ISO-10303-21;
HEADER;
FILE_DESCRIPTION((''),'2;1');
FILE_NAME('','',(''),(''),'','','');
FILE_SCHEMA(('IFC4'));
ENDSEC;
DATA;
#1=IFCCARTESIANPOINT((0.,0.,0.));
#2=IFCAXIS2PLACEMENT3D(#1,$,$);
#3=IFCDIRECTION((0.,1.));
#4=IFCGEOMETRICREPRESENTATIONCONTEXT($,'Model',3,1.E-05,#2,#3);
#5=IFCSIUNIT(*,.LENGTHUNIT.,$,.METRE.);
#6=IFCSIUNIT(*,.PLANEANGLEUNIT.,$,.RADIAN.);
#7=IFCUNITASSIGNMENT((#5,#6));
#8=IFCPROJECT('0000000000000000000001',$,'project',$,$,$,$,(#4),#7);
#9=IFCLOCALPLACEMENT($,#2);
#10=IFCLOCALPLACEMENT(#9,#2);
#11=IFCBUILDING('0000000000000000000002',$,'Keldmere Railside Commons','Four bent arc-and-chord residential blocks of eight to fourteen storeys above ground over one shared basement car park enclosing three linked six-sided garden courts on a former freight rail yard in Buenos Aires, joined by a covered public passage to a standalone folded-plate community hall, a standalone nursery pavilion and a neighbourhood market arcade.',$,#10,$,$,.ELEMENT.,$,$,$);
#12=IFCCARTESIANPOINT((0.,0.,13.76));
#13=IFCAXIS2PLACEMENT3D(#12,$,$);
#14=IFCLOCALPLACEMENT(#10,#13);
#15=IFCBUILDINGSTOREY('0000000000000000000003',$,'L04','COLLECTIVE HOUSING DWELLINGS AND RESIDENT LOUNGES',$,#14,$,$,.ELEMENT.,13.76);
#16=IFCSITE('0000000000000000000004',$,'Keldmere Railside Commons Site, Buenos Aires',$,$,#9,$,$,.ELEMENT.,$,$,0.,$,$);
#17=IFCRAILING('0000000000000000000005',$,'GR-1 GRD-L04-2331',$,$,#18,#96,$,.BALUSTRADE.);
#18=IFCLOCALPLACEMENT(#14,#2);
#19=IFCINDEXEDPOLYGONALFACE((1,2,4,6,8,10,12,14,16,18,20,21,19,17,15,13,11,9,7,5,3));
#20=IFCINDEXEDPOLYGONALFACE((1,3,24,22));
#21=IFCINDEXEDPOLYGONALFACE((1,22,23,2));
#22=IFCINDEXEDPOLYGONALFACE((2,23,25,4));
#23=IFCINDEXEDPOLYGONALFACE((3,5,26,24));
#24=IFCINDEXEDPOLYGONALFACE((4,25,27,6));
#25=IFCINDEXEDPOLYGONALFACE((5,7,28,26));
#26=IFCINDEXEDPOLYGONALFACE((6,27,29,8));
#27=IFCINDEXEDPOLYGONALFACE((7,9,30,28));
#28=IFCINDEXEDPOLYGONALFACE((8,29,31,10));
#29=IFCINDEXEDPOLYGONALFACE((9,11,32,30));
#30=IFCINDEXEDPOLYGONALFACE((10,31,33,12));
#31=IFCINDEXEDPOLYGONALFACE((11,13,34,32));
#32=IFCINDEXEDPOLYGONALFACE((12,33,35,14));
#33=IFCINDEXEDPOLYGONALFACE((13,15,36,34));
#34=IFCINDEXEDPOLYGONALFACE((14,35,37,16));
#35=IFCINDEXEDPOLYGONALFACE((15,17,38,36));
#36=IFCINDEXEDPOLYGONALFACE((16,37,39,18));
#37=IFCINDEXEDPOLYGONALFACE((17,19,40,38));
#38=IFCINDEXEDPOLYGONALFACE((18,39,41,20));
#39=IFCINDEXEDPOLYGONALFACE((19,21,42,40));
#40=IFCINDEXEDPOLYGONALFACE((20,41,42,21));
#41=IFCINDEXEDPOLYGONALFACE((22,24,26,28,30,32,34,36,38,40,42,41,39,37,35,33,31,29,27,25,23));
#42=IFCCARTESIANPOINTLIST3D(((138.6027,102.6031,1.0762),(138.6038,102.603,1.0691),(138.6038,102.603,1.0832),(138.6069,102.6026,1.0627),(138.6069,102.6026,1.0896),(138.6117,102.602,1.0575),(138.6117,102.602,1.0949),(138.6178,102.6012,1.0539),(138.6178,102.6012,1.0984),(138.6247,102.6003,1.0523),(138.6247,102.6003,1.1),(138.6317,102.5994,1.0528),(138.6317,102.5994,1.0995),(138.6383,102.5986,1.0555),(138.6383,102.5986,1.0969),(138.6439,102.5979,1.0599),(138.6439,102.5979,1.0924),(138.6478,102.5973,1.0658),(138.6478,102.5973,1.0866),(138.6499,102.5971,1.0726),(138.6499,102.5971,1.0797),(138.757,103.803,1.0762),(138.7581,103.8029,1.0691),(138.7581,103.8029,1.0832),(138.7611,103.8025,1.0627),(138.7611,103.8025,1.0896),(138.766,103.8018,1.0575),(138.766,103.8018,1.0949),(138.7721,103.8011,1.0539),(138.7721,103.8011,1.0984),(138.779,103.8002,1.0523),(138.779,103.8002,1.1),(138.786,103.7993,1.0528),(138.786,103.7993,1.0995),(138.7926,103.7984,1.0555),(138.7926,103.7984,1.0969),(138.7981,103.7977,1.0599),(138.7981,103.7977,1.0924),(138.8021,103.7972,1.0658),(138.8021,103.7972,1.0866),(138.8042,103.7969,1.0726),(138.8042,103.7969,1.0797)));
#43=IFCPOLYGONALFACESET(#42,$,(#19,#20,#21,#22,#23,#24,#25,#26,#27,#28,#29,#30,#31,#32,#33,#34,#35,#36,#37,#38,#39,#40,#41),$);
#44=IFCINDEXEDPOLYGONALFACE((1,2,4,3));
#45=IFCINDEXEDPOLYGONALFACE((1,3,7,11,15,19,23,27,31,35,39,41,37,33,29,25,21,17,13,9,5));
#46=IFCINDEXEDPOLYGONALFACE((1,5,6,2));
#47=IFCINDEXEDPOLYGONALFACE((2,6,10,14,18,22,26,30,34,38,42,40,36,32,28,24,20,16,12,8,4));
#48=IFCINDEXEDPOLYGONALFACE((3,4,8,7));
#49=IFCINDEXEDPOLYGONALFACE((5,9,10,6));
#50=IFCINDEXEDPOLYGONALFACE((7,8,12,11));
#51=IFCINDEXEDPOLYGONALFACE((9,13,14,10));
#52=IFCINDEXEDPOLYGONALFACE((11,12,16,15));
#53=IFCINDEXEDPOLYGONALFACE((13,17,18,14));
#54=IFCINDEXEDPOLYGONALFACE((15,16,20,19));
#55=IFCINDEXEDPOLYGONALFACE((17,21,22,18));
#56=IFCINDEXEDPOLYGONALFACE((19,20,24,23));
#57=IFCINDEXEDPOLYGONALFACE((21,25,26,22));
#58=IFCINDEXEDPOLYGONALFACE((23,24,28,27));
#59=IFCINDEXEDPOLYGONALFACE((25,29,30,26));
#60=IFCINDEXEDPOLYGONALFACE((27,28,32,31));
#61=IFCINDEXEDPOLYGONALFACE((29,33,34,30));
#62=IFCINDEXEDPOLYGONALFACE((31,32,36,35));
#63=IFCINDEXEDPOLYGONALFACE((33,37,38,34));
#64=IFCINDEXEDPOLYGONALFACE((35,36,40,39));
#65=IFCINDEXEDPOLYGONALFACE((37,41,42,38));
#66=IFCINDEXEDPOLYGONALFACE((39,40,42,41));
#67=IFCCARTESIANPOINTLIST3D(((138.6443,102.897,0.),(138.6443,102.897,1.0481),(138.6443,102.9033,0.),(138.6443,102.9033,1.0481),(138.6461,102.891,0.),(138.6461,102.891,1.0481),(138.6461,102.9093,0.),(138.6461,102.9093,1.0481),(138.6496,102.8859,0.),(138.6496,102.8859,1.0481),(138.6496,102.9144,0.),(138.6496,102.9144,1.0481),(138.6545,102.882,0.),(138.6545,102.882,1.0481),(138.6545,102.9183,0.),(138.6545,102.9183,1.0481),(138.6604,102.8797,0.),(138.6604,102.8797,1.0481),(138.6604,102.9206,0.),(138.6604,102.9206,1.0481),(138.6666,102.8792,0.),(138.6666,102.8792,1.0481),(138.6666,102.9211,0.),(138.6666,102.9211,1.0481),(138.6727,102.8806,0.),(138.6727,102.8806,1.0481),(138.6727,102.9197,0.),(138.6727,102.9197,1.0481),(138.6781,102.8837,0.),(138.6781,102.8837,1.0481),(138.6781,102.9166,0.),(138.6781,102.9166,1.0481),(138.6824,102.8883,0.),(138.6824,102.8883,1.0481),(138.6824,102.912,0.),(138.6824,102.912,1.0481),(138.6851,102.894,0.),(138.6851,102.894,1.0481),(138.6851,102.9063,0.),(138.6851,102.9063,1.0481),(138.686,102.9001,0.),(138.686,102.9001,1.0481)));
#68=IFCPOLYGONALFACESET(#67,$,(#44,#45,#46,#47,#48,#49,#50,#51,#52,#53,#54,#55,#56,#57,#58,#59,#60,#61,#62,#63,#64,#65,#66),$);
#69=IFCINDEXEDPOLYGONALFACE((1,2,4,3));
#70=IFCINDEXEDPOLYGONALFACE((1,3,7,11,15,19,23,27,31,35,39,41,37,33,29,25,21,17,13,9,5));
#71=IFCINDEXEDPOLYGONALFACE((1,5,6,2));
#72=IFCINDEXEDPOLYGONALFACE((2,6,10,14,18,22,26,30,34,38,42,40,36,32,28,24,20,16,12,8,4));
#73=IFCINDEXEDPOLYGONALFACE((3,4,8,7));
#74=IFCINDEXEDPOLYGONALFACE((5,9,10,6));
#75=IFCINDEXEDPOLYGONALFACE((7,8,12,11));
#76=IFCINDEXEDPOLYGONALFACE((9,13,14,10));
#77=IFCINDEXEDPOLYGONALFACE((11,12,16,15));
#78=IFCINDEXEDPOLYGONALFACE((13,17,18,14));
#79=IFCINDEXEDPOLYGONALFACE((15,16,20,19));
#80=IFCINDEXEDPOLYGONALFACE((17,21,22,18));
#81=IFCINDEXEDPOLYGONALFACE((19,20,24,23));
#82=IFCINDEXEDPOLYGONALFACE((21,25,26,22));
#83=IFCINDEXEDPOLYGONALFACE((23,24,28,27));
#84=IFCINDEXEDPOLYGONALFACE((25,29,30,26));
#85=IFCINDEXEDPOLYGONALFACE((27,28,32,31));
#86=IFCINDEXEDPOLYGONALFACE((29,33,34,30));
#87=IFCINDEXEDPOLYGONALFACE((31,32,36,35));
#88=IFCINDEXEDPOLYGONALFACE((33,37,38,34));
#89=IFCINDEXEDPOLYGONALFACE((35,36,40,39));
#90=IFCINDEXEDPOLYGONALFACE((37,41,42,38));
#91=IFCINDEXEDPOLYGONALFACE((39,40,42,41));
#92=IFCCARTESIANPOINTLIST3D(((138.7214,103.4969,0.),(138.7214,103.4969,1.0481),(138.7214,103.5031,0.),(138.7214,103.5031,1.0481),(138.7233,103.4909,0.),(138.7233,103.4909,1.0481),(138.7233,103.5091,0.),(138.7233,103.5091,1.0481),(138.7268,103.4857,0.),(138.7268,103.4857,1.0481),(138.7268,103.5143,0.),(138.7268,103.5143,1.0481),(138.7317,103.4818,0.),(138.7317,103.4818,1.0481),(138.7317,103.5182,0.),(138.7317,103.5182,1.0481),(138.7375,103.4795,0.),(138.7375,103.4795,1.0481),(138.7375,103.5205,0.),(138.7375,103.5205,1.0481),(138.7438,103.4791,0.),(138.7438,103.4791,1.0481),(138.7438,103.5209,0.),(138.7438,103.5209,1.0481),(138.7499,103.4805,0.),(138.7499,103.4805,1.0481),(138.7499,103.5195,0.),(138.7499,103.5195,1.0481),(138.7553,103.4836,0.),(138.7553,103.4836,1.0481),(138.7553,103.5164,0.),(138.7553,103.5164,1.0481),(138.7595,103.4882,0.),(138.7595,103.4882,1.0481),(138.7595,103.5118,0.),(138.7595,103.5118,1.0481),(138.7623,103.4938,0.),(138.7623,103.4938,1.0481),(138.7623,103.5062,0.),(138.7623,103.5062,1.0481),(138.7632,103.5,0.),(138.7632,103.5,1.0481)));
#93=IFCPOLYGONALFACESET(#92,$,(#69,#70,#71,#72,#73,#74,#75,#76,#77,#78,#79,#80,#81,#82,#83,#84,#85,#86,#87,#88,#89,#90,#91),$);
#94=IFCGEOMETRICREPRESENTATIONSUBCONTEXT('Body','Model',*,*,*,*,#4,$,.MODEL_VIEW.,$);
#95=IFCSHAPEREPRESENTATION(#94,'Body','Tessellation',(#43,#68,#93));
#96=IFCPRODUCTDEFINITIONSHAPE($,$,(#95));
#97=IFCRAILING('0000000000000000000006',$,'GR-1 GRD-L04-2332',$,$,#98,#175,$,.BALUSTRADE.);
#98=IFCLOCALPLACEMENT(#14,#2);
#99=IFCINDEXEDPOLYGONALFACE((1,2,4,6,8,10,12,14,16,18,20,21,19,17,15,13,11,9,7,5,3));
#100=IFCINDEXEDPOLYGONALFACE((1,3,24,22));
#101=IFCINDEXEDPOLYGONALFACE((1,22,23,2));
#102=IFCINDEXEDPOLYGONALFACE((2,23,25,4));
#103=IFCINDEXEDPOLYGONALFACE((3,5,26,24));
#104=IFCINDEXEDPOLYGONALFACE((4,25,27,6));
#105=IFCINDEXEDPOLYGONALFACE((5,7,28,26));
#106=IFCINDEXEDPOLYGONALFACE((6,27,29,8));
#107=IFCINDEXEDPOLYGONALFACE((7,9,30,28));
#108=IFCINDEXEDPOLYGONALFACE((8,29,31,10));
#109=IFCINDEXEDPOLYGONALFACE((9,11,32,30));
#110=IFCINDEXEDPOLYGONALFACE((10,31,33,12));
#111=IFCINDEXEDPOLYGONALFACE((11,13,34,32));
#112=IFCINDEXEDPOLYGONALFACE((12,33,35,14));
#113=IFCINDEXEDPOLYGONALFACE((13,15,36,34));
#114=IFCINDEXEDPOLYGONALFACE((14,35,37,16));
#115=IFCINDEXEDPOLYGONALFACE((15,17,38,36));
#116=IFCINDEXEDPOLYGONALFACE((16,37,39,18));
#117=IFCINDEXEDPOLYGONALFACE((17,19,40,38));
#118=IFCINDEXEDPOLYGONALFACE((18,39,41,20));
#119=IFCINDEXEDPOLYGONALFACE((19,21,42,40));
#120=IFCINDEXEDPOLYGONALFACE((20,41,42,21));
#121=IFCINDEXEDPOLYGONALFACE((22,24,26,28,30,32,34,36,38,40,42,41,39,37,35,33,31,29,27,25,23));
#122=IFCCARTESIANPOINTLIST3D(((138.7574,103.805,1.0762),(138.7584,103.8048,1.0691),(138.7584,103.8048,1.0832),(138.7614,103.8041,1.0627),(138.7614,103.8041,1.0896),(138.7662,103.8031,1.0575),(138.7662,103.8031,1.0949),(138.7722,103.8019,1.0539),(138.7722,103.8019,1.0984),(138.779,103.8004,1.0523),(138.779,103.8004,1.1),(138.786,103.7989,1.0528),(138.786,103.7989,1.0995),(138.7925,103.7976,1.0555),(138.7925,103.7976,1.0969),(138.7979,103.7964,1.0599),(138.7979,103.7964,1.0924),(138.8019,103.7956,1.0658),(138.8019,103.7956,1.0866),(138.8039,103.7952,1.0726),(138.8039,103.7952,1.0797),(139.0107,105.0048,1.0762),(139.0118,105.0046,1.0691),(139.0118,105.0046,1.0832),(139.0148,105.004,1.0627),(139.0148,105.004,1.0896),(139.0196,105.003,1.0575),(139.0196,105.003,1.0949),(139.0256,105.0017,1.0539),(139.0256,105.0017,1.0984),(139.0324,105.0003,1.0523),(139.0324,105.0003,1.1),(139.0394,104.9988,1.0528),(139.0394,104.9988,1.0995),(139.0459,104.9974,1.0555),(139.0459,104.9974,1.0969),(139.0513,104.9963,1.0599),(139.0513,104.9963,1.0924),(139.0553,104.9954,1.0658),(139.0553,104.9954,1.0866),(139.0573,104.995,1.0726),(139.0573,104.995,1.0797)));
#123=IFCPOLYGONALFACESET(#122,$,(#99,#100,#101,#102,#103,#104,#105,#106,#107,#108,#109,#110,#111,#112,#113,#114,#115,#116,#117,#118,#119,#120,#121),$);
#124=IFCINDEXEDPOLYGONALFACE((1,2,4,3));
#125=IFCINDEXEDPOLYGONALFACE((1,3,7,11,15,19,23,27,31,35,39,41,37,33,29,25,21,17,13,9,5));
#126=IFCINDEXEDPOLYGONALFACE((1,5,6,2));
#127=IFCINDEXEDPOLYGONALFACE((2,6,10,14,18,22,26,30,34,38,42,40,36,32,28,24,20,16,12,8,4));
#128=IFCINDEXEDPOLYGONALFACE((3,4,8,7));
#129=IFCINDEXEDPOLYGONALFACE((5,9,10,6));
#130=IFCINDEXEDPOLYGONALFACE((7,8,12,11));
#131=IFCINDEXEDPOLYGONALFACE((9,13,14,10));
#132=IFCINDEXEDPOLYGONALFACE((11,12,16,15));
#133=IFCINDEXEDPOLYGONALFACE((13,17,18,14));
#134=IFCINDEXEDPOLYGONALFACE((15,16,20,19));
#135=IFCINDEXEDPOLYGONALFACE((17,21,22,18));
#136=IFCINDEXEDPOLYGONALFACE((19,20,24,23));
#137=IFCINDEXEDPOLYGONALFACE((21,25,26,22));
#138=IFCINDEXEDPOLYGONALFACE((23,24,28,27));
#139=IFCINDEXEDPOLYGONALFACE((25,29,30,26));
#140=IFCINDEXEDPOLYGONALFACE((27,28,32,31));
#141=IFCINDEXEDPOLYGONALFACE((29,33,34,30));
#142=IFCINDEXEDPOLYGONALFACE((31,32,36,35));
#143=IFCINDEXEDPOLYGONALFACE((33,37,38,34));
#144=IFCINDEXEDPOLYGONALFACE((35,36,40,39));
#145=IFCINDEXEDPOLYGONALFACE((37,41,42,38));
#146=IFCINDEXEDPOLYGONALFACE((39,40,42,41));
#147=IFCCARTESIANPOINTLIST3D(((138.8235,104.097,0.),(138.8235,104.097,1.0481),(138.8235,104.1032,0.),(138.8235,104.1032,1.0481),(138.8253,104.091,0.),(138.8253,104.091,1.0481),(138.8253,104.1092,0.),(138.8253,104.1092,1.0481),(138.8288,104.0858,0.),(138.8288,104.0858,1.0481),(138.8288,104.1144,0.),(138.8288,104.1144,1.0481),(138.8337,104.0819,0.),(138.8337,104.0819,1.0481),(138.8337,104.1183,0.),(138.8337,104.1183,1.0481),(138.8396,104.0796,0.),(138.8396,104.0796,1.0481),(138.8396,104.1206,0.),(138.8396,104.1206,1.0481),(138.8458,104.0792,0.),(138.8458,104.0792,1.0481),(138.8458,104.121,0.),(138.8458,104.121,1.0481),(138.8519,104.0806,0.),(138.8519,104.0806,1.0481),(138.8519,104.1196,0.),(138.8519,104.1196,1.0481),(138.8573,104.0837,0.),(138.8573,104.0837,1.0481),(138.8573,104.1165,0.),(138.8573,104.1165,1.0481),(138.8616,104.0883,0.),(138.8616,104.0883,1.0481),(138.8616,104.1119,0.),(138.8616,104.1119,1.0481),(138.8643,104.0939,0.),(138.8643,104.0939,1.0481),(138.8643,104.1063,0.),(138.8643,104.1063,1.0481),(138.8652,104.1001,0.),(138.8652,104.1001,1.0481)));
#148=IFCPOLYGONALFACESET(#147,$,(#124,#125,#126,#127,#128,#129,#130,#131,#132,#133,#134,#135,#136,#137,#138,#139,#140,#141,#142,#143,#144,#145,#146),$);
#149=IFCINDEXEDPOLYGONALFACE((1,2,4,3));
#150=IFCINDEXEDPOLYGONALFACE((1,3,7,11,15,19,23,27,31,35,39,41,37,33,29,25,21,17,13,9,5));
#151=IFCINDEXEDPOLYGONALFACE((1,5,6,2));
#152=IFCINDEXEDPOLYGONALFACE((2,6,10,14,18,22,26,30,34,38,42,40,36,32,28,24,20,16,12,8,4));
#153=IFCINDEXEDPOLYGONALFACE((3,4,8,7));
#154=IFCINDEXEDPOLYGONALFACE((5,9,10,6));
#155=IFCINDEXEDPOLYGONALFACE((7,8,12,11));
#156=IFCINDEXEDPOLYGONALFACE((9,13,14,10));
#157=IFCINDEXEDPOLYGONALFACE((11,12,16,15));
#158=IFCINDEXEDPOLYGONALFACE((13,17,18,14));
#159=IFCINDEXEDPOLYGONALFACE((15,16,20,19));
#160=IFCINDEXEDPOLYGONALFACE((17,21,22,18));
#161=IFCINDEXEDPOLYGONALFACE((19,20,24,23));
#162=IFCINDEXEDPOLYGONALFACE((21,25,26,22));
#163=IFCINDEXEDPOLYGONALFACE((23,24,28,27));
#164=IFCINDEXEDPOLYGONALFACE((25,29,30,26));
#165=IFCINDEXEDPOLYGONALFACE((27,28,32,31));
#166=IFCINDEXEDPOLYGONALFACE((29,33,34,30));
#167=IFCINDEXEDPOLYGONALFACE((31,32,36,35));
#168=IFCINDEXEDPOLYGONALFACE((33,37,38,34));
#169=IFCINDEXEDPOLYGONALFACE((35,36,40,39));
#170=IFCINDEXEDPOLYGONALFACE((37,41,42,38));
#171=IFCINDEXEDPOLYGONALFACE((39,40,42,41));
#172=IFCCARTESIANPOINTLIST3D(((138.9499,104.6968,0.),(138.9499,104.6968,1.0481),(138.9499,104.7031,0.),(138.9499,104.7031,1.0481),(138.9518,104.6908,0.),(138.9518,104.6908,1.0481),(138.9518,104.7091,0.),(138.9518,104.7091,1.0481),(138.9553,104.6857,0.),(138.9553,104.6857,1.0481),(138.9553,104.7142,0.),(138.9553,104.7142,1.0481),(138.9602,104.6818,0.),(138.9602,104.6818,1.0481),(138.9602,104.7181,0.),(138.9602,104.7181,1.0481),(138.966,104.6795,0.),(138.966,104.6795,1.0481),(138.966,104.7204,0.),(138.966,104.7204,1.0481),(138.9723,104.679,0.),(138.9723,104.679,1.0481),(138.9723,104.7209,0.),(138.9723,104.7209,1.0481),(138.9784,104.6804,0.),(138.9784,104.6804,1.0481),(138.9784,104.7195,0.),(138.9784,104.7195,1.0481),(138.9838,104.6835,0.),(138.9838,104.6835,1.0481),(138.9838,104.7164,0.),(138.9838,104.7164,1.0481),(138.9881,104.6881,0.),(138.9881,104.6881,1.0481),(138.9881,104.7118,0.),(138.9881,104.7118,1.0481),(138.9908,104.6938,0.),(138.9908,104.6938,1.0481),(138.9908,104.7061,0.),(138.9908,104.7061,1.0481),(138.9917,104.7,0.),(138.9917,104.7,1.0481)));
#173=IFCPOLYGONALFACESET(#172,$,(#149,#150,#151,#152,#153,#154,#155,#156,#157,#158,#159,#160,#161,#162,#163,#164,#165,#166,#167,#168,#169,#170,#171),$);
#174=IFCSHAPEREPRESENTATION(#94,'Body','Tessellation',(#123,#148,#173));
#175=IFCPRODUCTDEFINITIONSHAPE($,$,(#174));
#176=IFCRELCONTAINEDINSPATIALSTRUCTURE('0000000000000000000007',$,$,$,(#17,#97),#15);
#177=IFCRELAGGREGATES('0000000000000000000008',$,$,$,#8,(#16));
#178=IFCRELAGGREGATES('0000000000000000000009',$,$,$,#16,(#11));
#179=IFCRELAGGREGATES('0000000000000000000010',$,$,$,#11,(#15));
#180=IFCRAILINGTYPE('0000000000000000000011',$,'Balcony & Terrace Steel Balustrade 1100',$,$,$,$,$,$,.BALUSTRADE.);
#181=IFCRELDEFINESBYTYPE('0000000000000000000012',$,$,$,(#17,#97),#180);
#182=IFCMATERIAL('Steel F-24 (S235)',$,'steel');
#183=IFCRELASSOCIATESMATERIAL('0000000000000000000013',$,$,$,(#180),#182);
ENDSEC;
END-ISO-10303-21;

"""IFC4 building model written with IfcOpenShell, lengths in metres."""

from ifc_helpers import new_model, si_unit, direction, frame, origin, origin_2d, place, context, subcontext, project, spatial, circle, extrude, material, type_object, element, save


model = new_model("IFC4")

# Units and contexts
model_context = context("Model", 3, precision=1e-05, world=origin(), true_north=direction((0.0, 1.0)))
body_context = subcontext(model_context, "Body", "Model", "MODEL_VIEW")
ifc_project = project(units=[si_unit("LENGTHUNIT", "METRE"), si_unit("PLANEANGLEUNIT", "RADIAN")], contexts=[model_context])

# Site, building, storey
site_placement = place(None, origin())
site = spatial("IfcSite", under=ifc_project, at=site_placement, Name="Keldmere Railside Commons Site, Buenos Aires", CompositionType="ELEMENT", RefElevation=0.0)
building_placement = place(site_placement, origin())
building = spatial("IfcBuilding", under=site, at=building_placement, Name="Keldmere Railside Commons", Description="Four bent arc-and-chord residential blocks of eight to fourteen storeys above ground over one shared basement car park enclosing three linked six-sided garden courts on a former freight rail yard in Buenos Aires, joined by a covered public passage to a standalone folded-plate community hall, a standalone nursery pavilion and a neighbourhood market arcade.", CompositionType="ELEMENT")
storey_placement = place(building_placement, frame((0.0, 0.0, 13.76)))
storey = spatial("IfcBuildingStorey", under=building, at=storey_placement, Name="L04", Description="COLLECTIVE HOUSING DWELLINGS AND RESIDENT LOUNGES", CompositionType="ELEMENT", Elevation=13.76)

# Railings
ifc_material_1 = material(Name="Steel F-24 (S235)", Category="steel")
railing_type_1 = type_object("IfcRailingType", Name="Balcony & Terrace Steel Balustrade 1100", PredefinedType="BALUSTRADE", material=ifc_material_1)
railing_1_placement = place(storey_placement, frame((138.6265, 102.6001, 0.0)))
element("IfcRailing", 1, at=railing_1_placement, inside=storey, type_object=railing_type_1, Name="GR-1 GRD-L04-2331", PredefinedType="BALUSTRADE", context=body_context, shape_type="SweptSolid", body=[
    extrude(circle(Radius=0.0239, at=origin_2d()), frame((0.0, 0.0, 1.0762), z_axis=(0.127536, 0.991834, 0.0), x_axis=(-0.991834, 0.127536, 0.0)), (0.0, 0.0, 1.0), 1.2097),
    extrude(circle(Radius=0.021, at=origin_2d()), frame((0.0386, 0.3, 0.0)), (0.0, 0.0, 1.0), 1.0481),
    extrude(circle(Radius=0.021, at=origin_2d()), frame((0.1157, 0.8999, 0.0)), (0.0, 0.0, 1.0), 1.0481),
])
railing_2_placement = place(storey_placement, frame((138.7808, 103.8, 0.0)))
element("IfcRailing", 2, at=railing_2_placement, inside=storey, type_object=railing_type_1, Name="GR-1 GRD-L04-2332", PredefinedType="BALUSTRADE", context=body_context, shape_type="SweptSolid", body=[
    extrude(circle(Radius=0.0239, at=origin_2d()), frame((0.0, 0.0, 1.0762), z_axis=(0.206632, 0.978419, 0.0), x_axis=(-0.978419, 0.206632, 0.0)), (0.0, 0.0, 1.0), 1.2263),
    extrude(circle(Radius=0.021, at=origin_2d()), frame((0.0635, 0.3, 0.0)), (0.0, 0.0, 1.0), 1.0481),
    extrude(circle(Radius=0.021, at=origin_2d()), frame((0.1899, 0.8999, 0.0)), (0.0, 0.0, 1.0), 1.0481),
])

save(model, "model.ifc")
